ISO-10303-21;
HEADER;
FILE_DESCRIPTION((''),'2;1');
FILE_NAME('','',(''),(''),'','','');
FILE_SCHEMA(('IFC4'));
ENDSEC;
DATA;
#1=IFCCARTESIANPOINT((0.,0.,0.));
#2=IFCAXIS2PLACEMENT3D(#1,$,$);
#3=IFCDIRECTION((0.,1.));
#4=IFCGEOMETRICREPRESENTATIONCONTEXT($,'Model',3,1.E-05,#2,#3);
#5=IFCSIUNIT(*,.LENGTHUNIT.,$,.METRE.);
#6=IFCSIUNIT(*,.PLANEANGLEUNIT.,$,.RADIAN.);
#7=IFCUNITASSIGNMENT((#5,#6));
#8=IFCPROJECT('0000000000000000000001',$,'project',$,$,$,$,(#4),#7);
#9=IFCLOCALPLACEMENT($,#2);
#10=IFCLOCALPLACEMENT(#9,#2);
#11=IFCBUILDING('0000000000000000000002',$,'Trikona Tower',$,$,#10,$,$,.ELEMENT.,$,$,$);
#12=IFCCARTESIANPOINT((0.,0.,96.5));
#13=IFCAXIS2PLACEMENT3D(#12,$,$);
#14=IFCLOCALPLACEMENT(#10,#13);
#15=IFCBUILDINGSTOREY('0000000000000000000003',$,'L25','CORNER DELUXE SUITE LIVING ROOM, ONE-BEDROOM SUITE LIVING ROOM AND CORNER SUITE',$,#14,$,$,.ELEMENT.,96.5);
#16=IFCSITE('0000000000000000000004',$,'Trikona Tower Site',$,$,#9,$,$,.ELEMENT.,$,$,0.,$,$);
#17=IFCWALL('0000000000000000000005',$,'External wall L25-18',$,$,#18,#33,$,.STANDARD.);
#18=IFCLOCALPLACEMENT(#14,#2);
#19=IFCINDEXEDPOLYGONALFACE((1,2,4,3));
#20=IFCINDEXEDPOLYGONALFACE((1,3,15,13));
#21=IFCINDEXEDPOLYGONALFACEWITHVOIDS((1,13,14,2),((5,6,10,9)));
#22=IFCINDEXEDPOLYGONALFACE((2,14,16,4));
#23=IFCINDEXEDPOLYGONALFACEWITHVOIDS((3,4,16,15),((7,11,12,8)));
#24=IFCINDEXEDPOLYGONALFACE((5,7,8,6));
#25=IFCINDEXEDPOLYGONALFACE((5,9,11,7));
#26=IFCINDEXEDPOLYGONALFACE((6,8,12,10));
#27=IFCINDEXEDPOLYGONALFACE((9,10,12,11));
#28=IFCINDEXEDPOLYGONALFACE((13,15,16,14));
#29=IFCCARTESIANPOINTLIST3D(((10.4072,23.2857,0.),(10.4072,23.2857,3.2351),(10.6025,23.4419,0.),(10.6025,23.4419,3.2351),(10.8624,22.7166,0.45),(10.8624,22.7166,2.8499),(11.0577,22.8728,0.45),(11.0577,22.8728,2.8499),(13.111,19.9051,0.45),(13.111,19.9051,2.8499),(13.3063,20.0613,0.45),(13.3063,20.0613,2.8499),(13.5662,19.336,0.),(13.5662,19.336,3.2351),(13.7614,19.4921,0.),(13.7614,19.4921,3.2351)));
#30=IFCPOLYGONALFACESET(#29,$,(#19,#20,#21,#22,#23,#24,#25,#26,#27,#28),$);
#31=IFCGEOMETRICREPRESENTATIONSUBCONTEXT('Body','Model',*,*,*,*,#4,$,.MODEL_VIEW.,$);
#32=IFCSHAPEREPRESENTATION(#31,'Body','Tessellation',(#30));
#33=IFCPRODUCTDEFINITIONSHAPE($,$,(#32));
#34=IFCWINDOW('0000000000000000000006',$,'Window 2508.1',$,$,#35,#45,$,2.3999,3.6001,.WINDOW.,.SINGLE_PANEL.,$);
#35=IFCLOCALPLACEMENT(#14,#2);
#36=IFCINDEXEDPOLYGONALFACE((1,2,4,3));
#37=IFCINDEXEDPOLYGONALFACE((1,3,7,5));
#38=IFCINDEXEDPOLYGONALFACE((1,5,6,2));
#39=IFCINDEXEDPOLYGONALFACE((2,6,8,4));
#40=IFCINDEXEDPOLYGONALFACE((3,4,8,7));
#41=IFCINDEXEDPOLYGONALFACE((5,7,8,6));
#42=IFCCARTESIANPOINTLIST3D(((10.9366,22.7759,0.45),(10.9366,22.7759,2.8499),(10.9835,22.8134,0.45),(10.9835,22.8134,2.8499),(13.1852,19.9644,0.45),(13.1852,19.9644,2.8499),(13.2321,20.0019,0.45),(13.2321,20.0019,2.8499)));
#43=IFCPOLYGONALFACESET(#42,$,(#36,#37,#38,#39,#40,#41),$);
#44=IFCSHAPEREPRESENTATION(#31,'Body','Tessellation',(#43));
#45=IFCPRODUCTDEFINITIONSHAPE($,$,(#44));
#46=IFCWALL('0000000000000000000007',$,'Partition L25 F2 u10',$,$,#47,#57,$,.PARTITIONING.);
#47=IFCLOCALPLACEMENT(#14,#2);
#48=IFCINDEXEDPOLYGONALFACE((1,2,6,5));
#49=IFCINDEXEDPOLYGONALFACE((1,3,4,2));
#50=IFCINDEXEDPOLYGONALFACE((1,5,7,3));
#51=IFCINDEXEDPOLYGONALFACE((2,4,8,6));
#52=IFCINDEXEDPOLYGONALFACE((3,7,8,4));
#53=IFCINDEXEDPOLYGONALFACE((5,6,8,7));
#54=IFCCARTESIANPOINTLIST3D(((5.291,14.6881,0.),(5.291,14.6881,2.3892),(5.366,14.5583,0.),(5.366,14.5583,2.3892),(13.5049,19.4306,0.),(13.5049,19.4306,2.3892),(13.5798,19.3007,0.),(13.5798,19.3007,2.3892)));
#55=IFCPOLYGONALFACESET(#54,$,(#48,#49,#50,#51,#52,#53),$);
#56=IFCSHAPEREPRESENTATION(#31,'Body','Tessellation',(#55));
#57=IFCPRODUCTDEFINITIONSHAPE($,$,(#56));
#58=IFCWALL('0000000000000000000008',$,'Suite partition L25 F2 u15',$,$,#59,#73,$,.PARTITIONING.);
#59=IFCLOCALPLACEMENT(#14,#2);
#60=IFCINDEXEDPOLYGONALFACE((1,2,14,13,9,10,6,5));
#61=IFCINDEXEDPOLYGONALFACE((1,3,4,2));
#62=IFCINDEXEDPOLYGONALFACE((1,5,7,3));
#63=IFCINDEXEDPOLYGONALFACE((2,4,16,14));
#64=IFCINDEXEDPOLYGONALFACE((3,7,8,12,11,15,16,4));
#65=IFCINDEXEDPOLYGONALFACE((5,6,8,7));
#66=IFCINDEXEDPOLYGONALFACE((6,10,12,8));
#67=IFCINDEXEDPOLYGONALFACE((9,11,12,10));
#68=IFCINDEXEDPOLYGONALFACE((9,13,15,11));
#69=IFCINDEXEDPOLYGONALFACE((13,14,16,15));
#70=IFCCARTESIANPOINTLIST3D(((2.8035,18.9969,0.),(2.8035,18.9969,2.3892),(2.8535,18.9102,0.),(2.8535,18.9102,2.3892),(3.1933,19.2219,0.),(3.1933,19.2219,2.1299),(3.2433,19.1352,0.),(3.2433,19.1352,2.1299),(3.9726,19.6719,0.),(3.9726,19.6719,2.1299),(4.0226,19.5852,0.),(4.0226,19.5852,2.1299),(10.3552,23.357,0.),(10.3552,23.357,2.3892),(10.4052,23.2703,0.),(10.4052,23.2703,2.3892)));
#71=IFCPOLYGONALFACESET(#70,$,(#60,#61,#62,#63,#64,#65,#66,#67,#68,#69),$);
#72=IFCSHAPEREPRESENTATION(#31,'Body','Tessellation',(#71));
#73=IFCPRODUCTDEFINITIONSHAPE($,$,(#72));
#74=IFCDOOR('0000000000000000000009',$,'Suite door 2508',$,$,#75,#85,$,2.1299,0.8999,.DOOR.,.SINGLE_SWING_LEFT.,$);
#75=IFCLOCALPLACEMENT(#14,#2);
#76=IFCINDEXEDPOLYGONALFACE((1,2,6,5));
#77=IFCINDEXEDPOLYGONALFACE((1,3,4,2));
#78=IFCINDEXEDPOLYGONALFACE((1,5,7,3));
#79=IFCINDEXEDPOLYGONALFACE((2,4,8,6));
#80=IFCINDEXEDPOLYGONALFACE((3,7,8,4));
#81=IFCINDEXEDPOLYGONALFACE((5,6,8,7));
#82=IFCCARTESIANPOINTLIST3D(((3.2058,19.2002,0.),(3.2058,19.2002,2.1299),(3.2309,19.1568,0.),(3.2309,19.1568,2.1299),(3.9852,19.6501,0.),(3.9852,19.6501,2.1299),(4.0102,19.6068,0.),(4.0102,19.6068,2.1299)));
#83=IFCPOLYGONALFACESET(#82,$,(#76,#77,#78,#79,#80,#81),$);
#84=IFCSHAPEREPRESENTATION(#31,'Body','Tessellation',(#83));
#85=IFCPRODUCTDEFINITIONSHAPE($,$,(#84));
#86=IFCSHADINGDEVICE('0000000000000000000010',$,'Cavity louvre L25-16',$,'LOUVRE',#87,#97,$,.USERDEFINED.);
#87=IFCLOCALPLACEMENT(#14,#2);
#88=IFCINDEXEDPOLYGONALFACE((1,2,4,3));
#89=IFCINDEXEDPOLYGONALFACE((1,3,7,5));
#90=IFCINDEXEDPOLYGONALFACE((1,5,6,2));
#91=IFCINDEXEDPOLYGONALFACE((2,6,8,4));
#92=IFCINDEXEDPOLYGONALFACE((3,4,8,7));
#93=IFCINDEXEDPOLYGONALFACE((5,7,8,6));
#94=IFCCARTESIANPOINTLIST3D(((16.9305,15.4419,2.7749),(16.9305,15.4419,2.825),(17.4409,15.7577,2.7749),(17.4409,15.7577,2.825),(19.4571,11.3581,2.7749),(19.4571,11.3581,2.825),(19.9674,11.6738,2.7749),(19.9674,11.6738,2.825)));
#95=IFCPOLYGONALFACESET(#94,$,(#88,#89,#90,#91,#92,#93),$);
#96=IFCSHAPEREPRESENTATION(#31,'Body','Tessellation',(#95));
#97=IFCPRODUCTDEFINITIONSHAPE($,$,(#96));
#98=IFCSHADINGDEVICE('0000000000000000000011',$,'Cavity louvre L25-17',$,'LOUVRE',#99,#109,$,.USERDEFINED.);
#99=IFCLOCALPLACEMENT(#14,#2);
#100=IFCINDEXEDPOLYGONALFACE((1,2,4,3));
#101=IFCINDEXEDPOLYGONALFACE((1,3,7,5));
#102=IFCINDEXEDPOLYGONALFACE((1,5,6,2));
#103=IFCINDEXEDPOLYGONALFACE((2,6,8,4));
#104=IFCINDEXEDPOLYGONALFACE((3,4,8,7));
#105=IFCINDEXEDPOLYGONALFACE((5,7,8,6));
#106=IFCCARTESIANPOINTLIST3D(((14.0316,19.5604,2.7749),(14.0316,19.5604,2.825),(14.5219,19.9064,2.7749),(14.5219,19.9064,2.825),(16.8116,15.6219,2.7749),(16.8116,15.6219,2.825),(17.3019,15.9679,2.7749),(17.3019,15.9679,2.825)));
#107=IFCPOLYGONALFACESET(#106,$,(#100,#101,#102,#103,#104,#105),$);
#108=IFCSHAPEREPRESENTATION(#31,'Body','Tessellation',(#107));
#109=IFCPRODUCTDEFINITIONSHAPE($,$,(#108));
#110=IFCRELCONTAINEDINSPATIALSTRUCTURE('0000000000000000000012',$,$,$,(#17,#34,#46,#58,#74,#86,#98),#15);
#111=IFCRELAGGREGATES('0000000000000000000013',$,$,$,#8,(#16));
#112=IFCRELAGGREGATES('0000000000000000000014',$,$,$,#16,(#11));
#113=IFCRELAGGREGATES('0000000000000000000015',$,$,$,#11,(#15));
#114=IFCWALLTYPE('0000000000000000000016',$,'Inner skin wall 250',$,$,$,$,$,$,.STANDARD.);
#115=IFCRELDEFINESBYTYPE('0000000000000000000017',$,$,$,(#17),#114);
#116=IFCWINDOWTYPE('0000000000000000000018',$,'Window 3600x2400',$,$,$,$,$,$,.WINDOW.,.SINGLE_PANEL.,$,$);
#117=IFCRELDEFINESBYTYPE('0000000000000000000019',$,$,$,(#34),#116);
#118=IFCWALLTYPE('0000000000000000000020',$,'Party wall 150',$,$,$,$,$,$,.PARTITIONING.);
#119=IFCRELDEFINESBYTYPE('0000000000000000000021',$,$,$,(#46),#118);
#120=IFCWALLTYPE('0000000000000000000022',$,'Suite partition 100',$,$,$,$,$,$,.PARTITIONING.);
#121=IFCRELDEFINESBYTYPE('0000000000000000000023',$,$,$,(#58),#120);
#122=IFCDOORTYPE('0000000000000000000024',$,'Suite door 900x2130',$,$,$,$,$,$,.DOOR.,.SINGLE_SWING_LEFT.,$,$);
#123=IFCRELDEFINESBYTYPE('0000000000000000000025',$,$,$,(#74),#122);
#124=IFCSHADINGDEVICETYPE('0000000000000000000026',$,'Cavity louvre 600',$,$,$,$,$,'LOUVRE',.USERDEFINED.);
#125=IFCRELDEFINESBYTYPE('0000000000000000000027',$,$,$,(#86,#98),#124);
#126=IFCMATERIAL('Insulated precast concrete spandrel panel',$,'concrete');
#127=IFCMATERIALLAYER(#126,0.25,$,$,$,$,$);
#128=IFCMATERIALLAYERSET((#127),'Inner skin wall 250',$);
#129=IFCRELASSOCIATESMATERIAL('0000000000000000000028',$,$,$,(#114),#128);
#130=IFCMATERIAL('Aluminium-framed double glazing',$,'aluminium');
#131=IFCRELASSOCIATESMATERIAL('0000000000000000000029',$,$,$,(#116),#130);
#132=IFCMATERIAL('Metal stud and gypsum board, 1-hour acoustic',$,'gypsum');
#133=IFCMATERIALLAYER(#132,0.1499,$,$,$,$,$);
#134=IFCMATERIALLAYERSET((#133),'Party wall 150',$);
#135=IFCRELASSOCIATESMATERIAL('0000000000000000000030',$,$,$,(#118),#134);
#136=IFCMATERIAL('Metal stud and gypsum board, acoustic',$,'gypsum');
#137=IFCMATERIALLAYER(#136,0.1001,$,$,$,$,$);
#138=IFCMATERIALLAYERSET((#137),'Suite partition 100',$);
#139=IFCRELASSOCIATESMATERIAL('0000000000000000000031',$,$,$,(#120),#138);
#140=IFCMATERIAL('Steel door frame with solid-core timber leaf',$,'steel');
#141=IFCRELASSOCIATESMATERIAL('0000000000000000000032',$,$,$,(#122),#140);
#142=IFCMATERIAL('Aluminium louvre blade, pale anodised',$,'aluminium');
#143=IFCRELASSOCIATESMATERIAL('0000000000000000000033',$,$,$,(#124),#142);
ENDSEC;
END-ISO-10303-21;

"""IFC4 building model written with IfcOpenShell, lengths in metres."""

from ifc_helpers import new_model, si_unit, direction, frame, frame_2d, origin, origin_2d, place, context, subcontext, project, spatial, rectangle, extrude, material, layer, layer_set, type_object, element, fill, save


model = new_model("IFC4")

# Units and contexts
model_context = context("Model", 3, precision=1e-05, world=origin(), true_north=direction((0.0, 1.0)))
body_context = subcontext(model_context, "Body", "Model", "MODEL_VIEW")
ifc_project = project(units=[si_unit("LENGTHUNIT", "METRE"), si_unit("PLANEANGLEUNIT", "RADIAN")], contexts=[model_context])

# Site, building, storey
site_placement = place(None, origin())
site = spatial("IfcSite", under=ifc_project, at=site_placement, Name="Trikona Tower Site", CompositionType="ELEMENT", RefElevation=0.0)
building_placement = place(site_placement, origin())
building = spatial("IfcBuilding", under=site, at=building_placement, Name="Trikona Tower", CompositionType="ELEMENT")
storey_placement = place(building_placement, frame((0.0, 0.0, 96.5)))
storey = spatial("IfcBuildingStorey", under=building, at=storey_placement, Name="L25", Description="CORNER DELUXE SUITE LIVING ROOM, ONE-BEDROOM SUITE LIVING ROOM AND CORNER SUITE", CompositionType="ELEMENT", Elevation=96.5)

# Wall, opening, window
ifc_material_1 = material(Name="Insulated precast concrete spandrel panel", Category="concrete")
ifc_layer_1 = layer(ifc_material_1, 0.25)
ifc_layer_set_1 = layer_set([ifc_layer_1], Name="Inner skin wall 250")
wall_type_1 = type_object("IfcWallType", Name="Inner skin wall 250", PredefinedType="STANDARD", material=ifc_layer_set_1)
ifc_material_2 = material(Name="Aluminium-framed double glazing", Category="aluminium")
window_type = type_object("IfcWindowType", Name="Window 3600x2400", PartitioningType="SINGLE_PANEL", PredefinedType="WINDOW", material=ifc_material_2)
wall_1_placement = place(storey_placement, frame((13.6638, 19.4141, 0.0), z_axis=(0.0, 0.0, 1.0), x_axis=(-0.624595, 0.780949, 0.0)))
wall_1 = element("IfcWall", 1, at=wall_1_placement, inside=storey, type_object=wall_type_1, Name="External wall L25-18", PredefinedType="STANDARD", context=body_context, shape_type="SweptSolid", body=[
    extrude(rectangle(XDim=5.0576, YDim=0.25, at=frame_2d((2.5288, 0.0))), origin(), (0.0, 0.0, 1.0), 3.2351),
])
opening_1_placement = place(wall_1_placement, frame((0.7288, 0.0, 0.45)))
opening_1 = element("IfcOpeningElement", 2, at=opening_1_placement, cuts=wall_1, PredefinedType="OPENING", context=body_context, shape_type="SweptSolid", body=[
    extrude(rectangle(XDim=3.6001, YDim=2.3999, at=frame_2d((1.8, 1.2))), frame((0.0, 0.135, 0.0), z_axis=(0.0, -1.0, 0.0), x_axis=(1.0, 0.0, 0.0)), (0.0, 0.0, 1.0), 0.27),
])
window_1_placement = place(opening_1_placement, origin())
window_1 = element("IfcWindow", 3, at=window_1_placement, inside=storey, type_object=window_type, Name="Window 2508.1", OverallHeight=2.3999, OverallWidth=3.6001, PartitioningType="SINGLE_PANEL", PredefinedType="WINDOW", context=body_context, shape_type="SweptSolid", body=[
    extrude(rectangle(XDim=3.6001, YDim=2.3999, at=frame_2d((1.8, 1.2))), frame((0.0, 0.03, 0.0), z_axis=(0.0, -1.0, 0.0), x_axis=(1.0, 0.0, 0.0)), (0.0, 0.0, 1.0), 0.0601),
])
fill(opening_1, window_1)

# Wall
ifc_material_3 = material(Name="Metal stud and gypsum board, 1-hour acoustic", Category="gypsum")
ifc_layer_2 = layer(ifc_material_3, 0.1499)
ifc_layer_set_2 = layer_set([ifc_layer_2], Name="Party wall 150")
wall_type_2 = type_object("IfcWallType", Name="Party wall 150", PredefinedType="PARTITIONING", material=ifc_layer_set_2)
wall_2_placement = place(storey_placement, frame((5.3286, 14.6233, 0.0), z_axis=(0.0, 0.0, 1.0), x_axis=(0.866018, 0.500012, 0.0)))
element("IfcWall", 4, at=wall_2_placement, inside=storey, type_object=wall_type_2, Name="Partition L25 F2 u10", PredefinedType="PARTITIONING", context=body_context, shape_type="SweptSolid", body=[
    extrude(rectangle(XDim=9.4846, YDim=0.1499, at=frame_2d((4.7422, 0.0))), origin(), (0.0, 0.0, 1.0), 2.3892),
])

# Wall, opening, door
ifc_material_4 = material(Name="Metal stud and gypsum board, acoustic", Category="gypsum")
ifc_layer_3 = layer(ifc_material_4, 0.1001)
ifc_layer_set_3 = layer_set([ifc_layer_3], Name="Suite partition 100")
wall_type_3 = type_object("IfcWallType", Name="Suite partition 100", PredefinedType="PARTITIONING", material=ifc_layer_set_3)
wall_3_placement = place(storey_placement, frame((2.8286, 18.9536, 0.0), z_axis=(0.0, 0.0, 1.0), x_axis=(0.866021, 0.500008, 0.0)))
wall_3 = element("IfcWall", 5, at=wall_3_placement, inside=storey, type_object=wall_type_3, Name="Suite partition L25 F2 u15", PredefinedType="PARTITIONING", context=body_context, shape_type="SweptSolid", body=[
    extrude(rectangle(XDim=8.72, YDim=0.1001, at=frame_2d((4.3599, 0.0))), origin(), (0.0, 0.0, 1.0), 2.3892),
])
opening_2_placement = place(wall_3_placement, frame((0.45, 0.0, 0.0)))
opening_2 = element("IfcOpeningElement", 6, at=opening_2_placement, cuts=wall_3, PredefinedType="OPENING", context=body_context, shape_type="SweptSolid", body=[
    extrude(rectangle(XDim=0.8999, YDim=2.1299, at=frame_2d((0.45, 1.0649))), frame((0.0, 0.0601, 0.0), z_axis=(0.0, -1.0, 0.0), x_axis=(1.0, 0.0, 0.0)), (0.0, 0.0, 1.0), 0.1201),
])
ifc_material_5 = material(Name="Steel door frame with solid-core timber leaf", Category="steel")
door_type_1 = type_object("IfcDoorType", Name="Suite door 900x2130", OperationType="SINGLE_SWING_LEFT", PredefinedType="DOOR", material=ifc_material_5)
door_1_placement = place(opening_2_placement, origin())
door_1 = element("IfcDoor", 7, at=door_1_placement, inside=storey, type_object=door_type_1, Name="Suite door 2508", OperationType="SINGLE_SWING_LEFT", OverallHeight=2.1299, OverallWidth=0.8999, PredefinedType="DOOR", context=body_context, shape_type="SweptSolid", body=[
    extrude(rectangle(XDim=0.8999, YDim=2.1299, at=frame_2d((0.45, 1.0649))), frame((0.0, 0.0249, 0.0), z_axis=(0.0, -1.0, 0.0), x_axis=(1.0, 0.0, 0.0)), (0.0, 0.0, 1.0), 0.05),
])
fill(opening_2, door_1)

# Shading devices
ifc_material_6 = material(Name="Aluminium louvre blade, pale anodised", Category="aluminium")
shading_device_type = type_object("IfcShadingDeviceType", Name="Cavity louvre 600", ElementType="LOUVRE", PredefinedType="USERDEFINED", material=ifc_material_6)
shading_device_1_placement = place(storey_placement, frame((18.449, 13.5579, 2.7749), z_axis=(0.0, 0.0, 1.0), x_axis=(-0.526119, 0.850411, 0.0)))
element("IfcShadingDevice", 8, at=shading_device_1_placement, inside=storey, type_object=shading_device_type, Name="Cavity louvre L25-16", ObjectType="LOUVRE", PredefinedType="USERDEFINED", context=body_context, shape_type="SweptSolid", body=[
    extrude(rectangle(XDim=4.8022, YDim=0.6001, at=origin_2d()), origin(), (0.0, 0.0, 1.0), 0.05),
])
shading_device_2_placement = place(storey_placement, frame((15.6667, 17.7642, 2.7749), z_axis=(0.0, 0.0, 1.0), x_axis=(-0.576662, 0.816983, 0.0)))
element("IfcShadingDevice", 9, at=shading_device_2_placement, inside=storey, type_object=shading_device_type, Name="Cavity louvre L25-17", ObjectType="LOUVRE", PredefinedType="USERDEFINED", context=body_context, shape_type="SweptSolid", body=[
    extrude(rectangle(XDim=4.8208, YDim=0.6001, at=origin_2d()), origin(), (0.0, 0.0, 1.0), 0.05),
])

save(model, "model.ifc")
